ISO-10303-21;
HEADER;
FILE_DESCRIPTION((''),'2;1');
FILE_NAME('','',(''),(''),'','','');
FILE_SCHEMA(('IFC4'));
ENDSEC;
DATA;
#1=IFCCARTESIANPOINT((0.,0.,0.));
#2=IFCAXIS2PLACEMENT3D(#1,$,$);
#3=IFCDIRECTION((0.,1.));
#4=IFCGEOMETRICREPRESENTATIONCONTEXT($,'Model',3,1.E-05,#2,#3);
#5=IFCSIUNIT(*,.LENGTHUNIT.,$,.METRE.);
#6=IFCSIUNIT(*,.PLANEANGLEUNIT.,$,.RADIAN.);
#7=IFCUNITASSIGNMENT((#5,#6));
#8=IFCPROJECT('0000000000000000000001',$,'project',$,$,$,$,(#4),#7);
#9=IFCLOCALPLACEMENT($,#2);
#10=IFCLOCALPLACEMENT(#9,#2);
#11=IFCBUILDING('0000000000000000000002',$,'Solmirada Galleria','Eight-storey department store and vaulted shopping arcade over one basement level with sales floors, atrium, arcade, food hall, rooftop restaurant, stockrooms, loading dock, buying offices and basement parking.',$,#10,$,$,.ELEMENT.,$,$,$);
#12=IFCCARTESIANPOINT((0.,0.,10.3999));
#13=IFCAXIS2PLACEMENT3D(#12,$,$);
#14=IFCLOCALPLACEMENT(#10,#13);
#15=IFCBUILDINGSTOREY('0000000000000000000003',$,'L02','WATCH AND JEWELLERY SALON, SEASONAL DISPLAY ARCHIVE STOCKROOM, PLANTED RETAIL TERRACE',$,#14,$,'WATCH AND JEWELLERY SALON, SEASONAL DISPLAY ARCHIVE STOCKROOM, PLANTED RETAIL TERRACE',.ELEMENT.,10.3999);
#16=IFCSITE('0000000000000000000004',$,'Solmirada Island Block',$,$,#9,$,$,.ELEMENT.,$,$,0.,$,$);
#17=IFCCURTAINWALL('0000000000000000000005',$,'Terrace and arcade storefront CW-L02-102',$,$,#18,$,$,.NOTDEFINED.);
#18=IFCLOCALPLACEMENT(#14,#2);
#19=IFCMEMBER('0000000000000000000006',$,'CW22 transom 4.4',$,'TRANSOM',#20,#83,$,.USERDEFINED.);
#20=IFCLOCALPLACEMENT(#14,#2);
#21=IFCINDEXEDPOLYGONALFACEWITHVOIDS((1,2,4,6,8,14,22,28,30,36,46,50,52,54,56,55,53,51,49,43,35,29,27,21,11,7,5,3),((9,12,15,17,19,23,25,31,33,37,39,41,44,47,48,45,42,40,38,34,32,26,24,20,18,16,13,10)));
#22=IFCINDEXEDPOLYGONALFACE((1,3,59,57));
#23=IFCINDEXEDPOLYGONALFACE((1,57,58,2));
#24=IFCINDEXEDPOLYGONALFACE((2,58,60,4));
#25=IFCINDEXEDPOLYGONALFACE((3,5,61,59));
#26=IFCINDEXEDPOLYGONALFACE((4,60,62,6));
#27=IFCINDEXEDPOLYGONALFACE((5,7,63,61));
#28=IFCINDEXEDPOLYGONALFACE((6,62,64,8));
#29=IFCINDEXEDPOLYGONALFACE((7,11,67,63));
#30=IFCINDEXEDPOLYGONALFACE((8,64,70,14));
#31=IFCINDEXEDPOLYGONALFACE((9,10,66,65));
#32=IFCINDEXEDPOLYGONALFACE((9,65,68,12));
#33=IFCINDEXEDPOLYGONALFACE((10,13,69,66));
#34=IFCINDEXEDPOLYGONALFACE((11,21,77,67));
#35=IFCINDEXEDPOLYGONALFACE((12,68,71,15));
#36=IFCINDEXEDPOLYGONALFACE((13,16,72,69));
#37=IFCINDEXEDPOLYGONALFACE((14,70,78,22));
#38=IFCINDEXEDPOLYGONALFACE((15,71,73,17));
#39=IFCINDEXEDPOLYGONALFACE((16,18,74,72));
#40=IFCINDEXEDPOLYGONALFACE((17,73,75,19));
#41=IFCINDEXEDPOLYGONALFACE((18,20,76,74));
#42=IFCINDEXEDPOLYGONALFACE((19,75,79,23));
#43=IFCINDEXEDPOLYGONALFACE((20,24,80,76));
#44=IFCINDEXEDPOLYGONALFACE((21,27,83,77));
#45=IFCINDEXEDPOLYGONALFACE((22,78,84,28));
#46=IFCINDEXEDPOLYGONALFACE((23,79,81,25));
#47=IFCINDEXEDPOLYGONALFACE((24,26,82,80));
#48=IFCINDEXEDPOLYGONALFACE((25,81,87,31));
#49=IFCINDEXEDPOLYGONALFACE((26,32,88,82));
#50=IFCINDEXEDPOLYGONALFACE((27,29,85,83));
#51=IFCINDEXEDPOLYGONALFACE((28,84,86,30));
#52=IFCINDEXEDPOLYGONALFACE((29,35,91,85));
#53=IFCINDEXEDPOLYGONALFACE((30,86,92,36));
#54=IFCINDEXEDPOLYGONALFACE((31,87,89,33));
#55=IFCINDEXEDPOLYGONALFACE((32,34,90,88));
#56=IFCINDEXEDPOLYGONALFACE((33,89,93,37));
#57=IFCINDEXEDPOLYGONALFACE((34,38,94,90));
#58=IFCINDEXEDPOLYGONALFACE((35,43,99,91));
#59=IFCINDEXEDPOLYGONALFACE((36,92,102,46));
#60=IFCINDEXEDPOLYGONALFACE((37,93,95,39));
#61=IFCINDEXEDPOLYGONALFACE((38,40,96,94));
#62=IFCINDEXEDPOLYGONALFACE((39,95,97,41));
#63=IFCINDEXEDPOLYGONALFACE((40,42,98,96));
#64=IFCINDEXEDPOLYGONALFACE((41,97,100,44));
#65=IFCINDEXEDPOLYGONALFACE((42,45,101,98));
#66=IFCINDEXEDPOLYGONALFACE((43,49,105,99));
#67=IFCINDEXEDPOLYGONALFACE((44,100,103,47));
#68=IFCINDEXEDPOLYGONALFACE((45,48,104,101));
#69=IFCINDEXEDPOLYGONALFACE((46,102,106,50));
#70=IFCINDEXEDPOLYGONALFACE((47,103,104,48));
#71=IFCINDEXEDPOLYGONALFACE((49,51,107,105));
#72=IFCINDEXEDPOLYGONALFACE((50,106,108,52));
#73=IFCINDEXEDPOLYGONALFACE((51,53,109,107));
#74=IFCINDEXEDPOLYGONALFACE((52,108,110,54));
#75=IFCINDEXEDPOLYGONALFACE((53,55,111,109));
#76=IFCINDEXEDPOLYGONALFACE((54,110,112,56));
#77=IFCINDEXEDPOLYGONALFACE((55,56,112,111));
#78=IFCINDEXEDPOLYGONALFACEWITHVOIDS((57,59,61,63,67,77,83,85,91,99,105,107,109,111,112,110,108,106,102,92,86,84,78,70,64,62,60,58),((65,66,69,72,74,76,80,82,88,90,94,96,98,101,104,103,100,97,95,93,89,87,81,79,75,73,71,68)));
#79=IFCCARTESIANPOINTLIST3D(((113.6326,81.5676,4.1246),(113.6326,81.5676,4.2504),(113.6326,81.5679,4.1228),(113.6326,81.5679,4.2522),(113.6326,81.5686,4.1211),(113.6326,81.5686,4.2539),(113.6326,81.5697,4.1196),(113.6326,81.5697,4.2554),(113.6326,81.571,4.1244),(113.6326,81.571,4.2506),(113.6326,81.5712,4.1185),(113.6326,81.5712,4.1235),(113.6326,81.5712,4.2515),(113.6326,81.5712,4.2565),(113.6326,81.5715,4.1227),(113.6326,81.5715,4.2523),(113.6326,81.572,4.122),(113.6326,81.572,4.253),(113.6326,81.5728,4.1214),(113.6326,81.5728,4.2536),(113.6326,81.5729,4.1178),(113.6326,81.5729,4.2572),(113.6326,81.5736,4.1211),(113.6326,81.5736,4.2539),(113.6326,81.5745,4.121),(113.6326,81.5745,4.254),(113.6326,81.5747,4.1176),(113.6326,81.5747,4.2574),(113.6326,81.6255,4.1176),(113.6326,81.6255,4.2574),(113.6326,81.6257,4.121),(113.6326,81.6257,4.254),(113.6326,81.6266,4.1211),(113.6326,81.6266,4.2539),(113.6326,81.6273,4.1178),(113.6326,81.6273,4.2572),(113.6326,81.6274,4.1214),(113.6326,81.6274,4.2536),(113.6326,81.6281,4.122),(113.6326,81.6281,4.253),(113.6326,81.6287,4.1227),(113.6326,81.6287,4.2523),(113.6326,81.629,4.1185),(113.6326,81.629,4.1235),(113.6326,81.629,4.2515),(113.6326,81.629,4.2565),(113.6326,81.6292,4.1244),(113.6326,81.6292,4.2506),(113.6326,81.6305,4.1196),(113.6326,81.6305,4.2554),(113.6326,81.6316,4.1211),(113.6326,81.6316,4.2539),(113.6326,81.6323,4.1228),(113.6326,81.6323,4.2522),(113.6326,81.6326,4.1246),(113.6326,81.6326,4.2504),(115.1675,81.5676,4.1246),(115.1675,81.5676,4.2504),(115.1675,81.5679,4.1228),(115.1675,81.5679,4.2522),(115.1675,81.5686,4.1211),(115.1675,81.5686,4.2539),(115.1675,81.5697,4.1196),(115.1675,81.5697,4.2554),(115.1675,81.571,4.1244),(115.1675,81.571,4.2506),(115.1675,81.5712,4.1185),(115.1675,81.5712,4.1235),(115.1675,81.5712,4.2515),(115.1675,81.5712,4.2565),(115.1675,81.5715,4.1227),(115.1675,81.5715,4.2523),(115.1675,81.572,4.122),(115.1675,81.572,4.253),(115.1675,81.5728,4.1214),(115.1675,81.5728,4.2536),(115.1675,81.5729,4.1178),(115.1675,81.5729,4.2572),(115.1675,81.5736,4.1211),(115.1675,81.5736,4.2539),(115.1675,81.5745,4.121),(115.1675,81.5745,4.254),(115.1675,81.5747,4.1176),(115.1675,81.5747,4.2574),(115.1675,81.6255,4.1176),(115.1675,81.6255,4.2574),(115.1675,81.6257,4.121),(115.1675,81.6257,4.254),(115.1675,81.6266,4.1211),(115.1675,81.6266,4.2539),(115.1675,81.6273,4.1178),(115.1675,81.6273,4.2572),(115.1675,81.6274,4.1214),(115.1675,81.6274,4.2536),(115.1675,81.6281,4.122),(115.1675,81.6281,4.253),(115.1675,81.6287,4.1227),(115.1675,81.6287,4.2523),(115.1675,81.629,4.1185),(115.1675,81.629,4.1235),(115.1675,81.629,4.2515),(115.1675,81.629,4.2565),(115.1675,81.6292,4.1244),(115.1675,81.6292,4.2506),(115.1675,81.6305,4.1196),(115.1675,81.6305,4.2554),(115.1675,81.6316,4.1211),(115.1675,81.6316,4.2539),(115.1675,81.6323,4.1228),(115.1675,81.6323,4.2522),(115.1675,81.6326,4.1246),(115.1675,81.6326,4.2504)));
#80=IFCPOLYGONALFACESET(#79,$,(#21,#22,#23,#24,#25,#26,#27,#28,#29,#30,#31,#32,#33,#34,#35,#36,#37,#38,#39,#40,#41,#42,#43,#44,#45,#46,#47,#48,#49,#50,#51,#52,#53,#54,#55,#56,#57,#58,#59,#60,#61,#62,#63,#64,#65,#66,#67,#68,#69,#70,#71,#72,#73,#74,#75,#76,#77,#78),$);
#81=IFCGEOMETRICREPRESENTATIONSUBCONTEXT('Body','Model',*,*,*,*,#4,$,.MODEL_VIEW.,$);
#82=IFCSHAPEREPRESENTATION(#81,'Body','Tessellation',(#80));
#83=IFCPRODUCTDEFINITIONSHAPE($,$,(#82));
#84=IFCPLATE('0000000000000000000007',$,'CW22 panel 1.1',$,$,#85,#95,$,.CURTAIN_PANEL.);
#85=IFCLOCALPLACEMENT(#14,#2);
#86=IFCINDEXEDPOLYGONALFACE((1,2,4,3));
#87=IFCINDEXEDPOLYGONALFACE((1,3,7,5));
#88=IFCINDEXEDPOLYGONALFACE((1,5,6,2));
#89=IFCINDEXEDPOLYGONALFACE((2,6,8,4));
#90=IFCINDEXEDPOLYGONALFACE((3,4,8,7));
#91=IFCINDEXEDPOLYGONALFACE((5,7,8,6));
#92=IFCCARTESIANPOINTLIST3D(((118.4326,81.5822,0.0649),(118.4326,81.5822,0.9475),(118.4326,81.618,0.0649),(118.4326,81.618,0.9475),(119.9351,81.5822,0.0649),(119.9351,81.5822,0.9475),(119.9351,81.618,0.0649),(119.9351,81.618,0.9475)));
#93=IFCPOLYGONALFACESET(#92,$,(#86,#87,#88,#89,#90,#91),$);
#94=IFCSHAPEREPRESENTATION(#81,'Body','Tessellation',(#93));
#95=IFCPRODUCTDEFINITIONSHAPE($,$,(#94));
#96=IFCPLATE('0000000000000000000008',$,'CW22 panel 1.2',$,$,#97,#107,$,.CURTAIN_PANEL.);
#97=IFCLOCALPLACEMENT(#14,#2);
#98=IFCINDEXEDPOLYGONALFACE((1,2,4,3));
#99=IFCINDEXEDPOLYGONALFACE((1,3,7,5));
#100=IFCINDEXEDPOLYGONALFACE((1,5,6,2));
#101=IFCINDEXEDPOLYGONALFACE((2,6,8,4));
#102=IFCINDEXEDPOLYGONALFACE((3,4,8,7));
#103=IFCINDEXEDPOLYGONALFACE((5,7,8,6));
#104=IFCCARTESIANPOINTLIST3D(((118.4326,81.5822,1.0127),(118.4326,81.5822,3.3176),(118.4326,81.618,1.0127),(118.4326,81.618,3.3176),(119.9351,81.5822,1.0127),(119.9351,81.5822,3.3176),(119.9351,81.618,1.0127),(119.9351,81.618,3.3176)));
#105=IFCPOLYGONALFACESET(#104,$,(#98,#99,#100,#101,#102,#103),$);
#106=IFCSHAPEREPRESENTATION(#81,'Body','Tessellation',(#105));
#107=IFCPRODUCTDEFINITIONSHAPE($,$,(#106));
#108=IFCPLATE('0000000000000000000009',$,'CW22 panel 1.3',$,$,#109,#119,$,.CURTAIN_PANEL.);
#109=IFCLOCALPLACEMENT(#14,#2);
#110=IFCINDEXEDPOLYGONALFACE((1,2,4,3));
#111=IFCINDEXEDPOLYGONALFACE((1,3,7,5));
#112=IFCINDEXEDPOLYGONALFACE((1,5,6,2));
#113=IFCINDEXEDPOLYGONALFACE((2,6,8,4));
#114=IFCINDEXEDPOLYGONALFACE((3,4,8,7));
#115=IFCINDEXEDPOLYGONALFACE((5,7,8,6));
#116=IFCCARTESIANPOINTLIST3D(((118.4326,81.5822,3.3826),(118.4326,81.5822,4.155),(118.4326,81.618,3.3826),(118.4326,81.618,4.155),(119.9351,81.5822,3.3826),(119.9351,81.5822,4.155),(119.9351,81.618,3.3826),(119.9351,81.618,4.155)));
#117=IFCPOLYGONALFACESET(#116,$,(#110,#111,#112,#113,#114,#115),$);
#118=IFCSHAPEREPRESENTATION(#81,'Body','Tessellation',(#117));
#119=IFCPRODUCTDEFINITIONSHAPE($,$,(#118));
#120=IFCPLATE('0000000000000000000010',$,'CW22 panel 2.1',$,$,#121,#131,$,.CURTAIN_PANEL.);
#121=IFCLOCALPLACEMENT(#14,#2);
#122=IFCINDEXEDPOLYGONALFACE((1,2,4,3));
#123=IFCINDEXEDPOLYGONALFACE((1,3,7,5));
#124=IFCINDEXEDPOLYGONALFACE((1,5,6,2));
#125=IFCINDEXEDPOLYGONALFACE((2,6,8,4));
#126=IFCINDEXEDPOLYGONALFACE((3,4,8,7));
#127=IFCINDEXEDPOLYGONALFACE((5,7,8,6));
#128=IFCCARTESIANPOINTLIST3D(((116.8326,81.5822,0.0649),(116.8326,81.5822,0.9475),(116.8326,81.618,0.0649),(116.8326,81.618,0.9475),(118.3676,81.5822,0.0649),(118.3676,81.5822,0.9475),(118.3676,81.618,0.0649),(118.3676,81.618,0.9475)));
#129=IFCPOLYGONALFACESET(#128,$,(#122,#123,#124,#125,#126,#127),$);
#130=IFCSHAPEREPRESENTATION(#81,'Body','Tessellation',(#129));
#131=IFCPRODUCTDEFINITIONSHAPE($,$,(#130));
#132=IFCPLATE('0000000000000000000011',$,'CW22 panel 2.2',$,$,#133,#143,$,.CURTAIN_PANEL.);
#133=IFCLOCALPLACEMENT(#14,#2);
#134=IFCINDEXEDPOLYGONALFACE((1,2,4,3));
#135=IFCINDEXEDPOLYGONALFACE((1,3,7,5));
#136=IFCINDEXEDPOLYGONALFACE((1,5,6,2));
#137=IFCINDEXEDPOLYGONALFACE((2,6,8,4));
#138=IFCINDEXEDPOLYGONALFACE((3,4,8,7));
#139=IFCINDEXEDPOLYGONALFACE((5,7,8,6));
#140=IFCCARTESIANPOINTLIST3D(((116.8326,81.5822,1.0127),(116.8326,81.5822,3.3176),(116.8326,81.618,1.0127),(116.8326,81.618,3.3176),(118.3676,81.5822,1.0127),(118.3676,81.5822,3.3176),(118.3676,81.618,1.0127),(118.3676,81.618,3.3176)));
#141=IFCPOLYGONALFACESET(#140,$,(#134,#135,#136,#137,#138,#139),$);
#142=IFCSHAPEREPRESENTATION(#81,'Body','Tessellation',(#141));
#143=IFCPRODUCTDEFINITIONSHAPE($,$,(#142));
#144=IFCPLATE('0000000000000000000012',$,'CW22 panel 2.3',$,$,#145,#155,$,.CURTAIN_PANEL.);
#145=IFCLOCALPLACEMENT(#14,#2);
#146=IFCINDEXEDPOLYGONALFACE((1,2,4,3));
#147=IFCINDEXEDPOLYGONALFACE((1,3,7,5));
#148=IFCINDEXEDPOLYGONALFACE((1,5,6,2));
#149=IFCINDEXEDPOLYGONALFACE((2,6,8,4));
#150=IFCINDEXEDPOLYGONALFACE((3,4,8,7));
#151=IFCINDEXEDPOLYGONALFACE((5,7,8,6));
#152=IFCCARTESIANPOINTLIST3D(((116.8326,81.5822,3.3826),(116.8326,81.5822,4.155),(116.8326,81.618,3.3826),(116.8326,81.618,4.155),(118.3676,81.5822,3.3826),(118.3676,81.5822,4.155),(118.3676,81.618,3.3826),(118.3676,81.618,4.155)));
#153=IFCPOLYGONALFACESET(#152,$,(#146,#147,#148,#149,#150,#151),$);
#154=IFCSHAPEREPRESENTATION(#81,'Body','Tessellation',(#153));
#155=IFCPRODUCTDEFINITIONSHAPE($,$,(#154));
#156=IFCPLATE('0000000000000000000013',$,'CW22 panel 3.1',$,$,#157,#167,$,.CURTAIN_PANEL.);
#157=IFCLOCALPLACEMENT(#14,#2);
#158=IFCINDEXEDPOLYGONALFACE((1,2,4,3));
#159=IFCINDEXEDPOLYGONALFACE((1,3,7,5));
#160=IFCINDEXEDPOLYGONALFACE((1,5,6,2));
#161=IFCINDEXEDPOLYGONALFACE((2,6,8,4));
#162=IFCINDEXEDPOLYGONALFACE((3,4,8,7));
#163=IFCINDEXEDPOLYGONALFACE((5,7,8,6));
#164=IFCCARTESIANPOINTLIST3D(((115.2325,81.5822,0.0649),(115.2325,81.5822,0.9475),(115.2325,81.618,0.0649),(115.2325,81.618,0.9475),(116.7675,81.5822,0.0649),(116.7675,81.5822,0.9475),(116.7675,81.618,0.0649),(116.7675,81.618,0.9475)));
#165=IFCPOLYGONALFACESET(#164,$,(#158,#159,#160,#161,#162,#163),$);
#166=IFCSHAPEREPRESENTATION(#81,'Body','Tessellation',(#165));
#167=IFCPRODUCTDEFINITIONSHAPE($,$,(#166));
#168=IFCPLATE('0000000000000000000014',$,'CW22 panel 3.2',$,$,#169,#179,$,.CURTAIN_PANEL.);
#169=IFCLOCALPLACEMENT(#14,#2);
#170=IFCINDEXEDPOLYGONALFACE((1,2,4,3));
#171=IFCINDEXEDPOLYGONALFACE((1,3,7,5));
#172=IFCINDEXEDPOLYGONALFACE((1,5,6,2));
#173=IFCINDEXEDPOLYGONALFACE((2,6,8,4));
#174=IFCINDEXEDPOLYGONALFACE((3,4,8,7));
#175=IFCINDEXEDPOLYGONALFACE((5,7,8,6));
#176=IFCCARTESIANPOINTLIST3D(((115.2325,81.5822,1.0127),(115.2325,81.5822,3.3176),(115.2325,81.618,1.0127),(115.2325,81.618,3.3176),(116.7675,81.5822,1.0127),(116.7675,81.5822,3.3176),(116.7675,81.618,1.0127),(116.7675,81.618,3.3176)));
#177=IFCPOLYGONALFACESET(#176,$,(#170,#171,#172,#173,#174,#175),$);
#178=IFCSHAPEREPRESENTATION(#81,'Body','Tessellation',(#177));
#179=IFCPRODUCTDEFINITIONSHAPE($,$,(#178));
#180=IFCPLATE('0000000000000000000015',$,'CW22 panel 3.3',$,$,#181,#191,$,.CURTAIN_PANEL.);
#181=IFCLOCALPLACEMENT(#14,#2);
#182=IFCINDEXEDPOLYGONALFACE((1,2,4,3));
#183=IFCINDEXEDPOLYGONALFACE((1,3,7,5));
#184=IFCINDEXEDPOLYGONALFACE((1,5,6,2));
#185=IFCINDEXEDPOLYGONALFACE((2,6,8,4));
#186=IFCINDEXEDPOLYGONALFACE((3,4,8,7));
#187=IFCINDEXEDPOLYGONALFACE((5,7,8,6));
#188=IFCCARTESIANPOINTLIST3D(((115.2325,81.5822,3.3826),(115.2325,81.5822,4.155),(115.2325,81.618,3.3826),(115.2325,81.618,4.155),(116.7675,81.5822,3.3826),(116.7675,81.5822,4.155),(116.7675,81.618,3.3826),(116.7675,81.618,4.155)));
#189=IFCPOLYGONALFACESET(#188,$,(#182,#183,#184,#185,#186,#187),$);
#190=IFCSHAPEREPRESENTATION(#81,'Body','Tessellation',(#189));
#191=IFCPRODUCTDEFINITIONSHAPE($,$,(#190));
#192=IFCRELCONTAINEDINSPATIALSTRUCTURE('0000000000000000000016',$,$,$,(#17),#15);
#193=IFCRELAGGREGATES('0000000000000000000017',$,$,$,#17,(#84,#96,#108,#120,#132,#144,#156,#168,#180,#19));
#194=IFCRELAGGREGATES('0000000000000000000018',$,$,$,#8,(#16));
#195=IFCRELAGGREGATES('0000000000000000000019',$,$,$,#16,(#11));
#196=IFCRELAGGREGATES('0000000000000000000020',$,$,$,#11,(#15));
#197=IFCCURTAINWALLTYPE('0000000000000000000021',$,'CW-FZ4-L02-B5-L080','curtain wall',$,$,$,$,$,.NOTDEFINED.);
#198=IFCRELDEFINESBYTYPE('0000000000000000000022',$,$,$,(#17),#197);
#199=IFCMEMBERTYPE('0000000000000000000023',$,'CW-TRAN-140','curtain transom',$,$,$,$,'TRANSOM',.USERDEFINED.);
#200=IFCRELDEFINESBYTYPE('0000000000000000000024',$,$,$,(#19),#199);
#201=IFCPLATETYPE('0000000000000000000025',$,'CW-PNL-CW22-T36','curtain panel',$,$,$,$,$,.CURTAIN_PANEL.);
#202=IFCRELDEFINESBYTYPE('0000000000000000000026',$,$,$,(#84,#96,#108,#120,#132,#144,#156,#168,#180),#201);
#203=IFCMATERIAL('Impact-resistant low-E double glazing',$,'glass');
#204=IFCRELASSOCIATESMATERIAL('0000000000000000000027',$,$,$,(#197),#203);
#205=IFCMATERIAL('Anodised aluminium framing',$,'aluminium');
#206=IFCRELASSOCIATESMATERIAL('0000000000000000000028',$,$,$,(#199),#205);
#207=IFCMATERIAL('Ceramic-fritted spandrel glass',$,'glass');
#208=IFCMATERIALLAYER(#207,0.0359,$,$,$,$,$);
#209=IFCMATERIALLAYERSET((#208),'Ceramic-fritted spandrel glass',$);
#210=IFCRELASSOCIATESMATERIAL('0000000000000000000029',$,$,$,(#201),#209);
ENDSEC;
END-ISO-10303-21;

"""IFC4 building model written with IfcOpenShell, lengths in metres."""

from ifc_helpers import new_model, si_unit, direction, frame, origin, origin_2d, place, context, subcontext, project, spatial, rectangle, hollow_rectangle, extrude, material, layer, layer_set, material_profile, profile_set, type_object, element, aggregate, save


model = new_model("IFC4")

# Units and contexts
model_context = context("Model", 3, precision=1e-05, world=origin(), true_north=direction((0.0, 1.0)))
body_context = subcontext(model_context, "Body", "Model", "MODEL_VIEW")
ifc_project = project(units=[si_unit("LENGTHUNIT", "METRE"), si_unit("PLANEANGLEUNIT", "RADIAN")], contexts=[model_context])

# Site, building, storey
site_placement = place(None, origin())
site = spatial("IfcSite", under=ifc_project, at=site_placement, Name="Solmirada Island Block", CompositionType="ELEMENT", RefElevation=0.0)
building_placement = place(site_placement, origin())
building = spatial("IfcBuilding", under=site, at=building_placement, Name="Solmirada Galleria", Description="Eight-storey department store and vaulted shopping arcade over one basement level with sales floors, atrium, arcade, food hall, rooftop restaurant, stockrooms, loading dock, buying offices and basement parking.", CompositionType="ELEMENT")
storey_placement = place(building_placement, frame((0.0, 0.0, 10.3999)))
storey = spatial("IfcBuildingStorey", under=building, at=storey_placement, Name="L02", Description="WATCH AND JEWELLERY SALON, SEASONAL DISPLAY ARCHIVE STOCKROOM, PLANTED RETAIL TERRACE", LongName="WATCH AND JEWELLERY SALON, SEASONAL DISPLAY ARCHIVE STOCKROOM, PLANTED RETAIL TERRACE", CompositionType="ELEMENT", Elevation=10.3999)

# Curtain wall, member, plates
ifc_material_1 = material(Name="Impact-resistant low-E double glazing", Category="glass")
curtain_wall_type = type_object("IfcCurtainWallType", Name="CW-FZ4-L02-B5-L080", Description="curtain wall", PredefinedType="NOTDEFINED", material=ifc_material_1)
curtain_wall_placement = place(storey_placement, origin())
curtain_wall = element("IfcCurtainWall", 1, at=curtain_wall_placement, inside=storey, type_object=curtain_wall_type, Name="Terrace and arcade storefront CW-L02-102", PredefinedType="NOTDEFINED")
ifc_material_2 = material(Name="Anodised aluminium framing", Category="aluminium")
ifc_material_profile_1 = material_profile(ifc_material_2, hollow_rectangle(XDim=0.0649, YDim=0.1399, WallThickness=0.0034, InnerFilletRadius=0.0034, OuterFilletRadius=0.0071, at=origin_2d()), Name="ALU-TRAN-140X65")
ifc_profile_set_1 = profile_set([ifc_material_profile_1], Name="Anodised aluminium framing")
member_type_1 = type_object("IfcMemberType", Name="CW-TRAN-140", Description="curtain transom", ElementType="TRANSOM", PredefinedType="USERDEFINED", material=ifc_profile_set_1)
member_1_placement = place(storey_placement, frame((115.1675, 81.6001, 4.1875), z_axis=(-1.0, 0.0, 0.0), x_axis=(0.0, -1.0, 0.0)))
member_1 = element("IfcMember", 2, at=member_1_placement, type_object=member_type_1, Name="CW22 transom 4.4", ObjectType="TRANSOM", PredefinedType="USERDEFINED", context=body_context, shape_type="SweptSolid", body=[
    extrude(hollow_rectangle(XDim=0.0649, YDim=0.1399, WallThickness=0.0034, InnerFilletRadius=0.0034, OuterFilletRadius=0.0071, at=origin_2d()), origin(), (0.0, 0.0, 1.0), 1.5349),
])
ifc_material_3 = material(Name="Ceramic-fritted spandrel glass", Category="glass")
ifc_layer = layer(ifc_material_3, 0.0359)
ifc_layer_set = layer_set([ifc_layer], Name="Ceramic-fritted spandrel glass")
plate_type = type_object("IfcPlateType", Name="CW-PNL-CW22-T36", Description="curtain panel", PredefinedType="CURTAIN_PANEL", material=ifc_layer_set)
plate_1_placement = place(storey_placement, frame((119.1838, 81.6001, 0.0649), z_axis=(0.0, 0.0, 1.0), x_axis=(-1.0, 0.0, 0.0)))
plate_1 = element("IfcPlate", 3, at=plate_1_placement, type_object=plate_type, Name="CW22 panel 1.1", PredefinedType="CURTAIN_PANEL", context=body_context, shape_type="SweptSolid", body=[
    extrude(rectangle(XDim=1.5024, YDim=0.0359, at=origin_2d()), origin(), (0.0, 0.0, 1.0), 0.8826),
])
plate_2_placement = place(storey_placement, frame((119.1838, 81.6001, 1.0127), z_axis=(0.0, 0.0, 1.0), x_axis=(-1.0, 0.0, 0.0)))
plate_2 = element("IfcPlate", 4, at=plate_2_placement, type_object=plate_type, Name="CW22 panel 1.2", PredefinedType="CURTAIN_PANEL", context=body_context, shape_type="SweptSolid", body=[
    extrude(rectangle(XDim=1.5024, YDim=0.0359, at=origin_2d()), origin(), (0.0, 0.0, 1.0), 2.3049),
])
plate_3_placement = place(storey_placement, frame((119.1838, 81.6001, 3.3826), z_axis=(0.0, 0.0, 1.0), x_axis=(-1.0, 0.0, 0.0)))
plate_3 = element("IfcPlate", 5, at=plate_3_placement, type_object=plate_type, Name="CW22 panel 1.3", PredefinedType="CURTAIN_PANEL", context=body_context, shape_type="SweptSolid", body=[
    extrude(rectangle(XDim=1.5024, YDim=0.0359, at=origin_2d()), origin(), (0.0, 0.0, 1.0), 0.7725),
])
plate_4_placement = place(storey_placement, frame((117.6001, 81.6001, 0.0649), z_axis=(0.0, 0.0, 1.0), x_axis=(-1.0, 0.0, 0.0)))
plate_4 = element("IfcPlate", 6, at=plate_4_placement, type_object=plate_type, Name="CW22 panel 2.1", PredefinedType="CURTAIN_PANEL", context=body_context, shape_type="SweptSolid", body=[
    extrude(rectangle(XDim=1.5349, YDim=0.0359, at=origin_2d()), origin(), (0.0, 0.0, 1.0), 0.8826),
])
plate_5_placement = place(storey_placement, frame((117.6001, 81.6001, 1.0127), z_axis=(0.0, 0.0, 1.0), x_axis=(-1.0, 0.0, 0.0)))
plate_5 = element("IfcPlate", 7, at=plate_5_placement, type_object=plate_type, Name="CW22 panel 2.2", PredefinedType="CURTAIN_PANEL", context=body_context, shape_type="SweptSolid", body=[
    extrude(rectangle(XDim=1.5349, YDim=0.0359, at=origin_2d()), origin(), (0.0, 0.0, 1.0), 2.3049),
])
plate_6_placement = place(storey_placement, frame((117.6001, 81.6001, 3.3826), z_axis=(0.0, 0.0, 1.0), x_axis=(-1.0, 0.0, 0.0)))
plate_6 = element("IfcPlate", 8, at=plate_6_placement, type_object=plate_type, Name="CW22 panel 2.3", PredefinedType="CURTAIN_PANEL", context=body_context, shape_type="SweptSolid", body=[
    extrude(rectangle(XDim=1.5349, YDim=0.0359, at=origin_2d()), origin(), (0.0, 0.0, 1.0), 0.7725),
])
plate_7_placement = place(storey_placement, frame((116.0, 81.6001, 0.0649), z_axis=(0.0, 0.0, 1.0), x_axis=(-1.0, 0.0, 0.0)))
plate_7 = element("IfcPlate", 9, at=plate_7_placement, type_object=plate_type, Name="CW22 panel 3.1", PredefinedType="CURTAIN_PANEL", context=body_context, shape_type="SweptSolid", body=[
    extrude(rectangle(XDim=1.5349, YDim=0.0359, at=origin_2d()), origin(), (0.0, 0.0, 1.0), 0.8826),
])
plate_8_placement = place(storey_placement, frame((116.0, 81.6001, 1.0127), z_axis=(0.0, 0.0, 1.0), x_axis=(-1.0, 0.0, 0.0)))
plate_8 = element("IfcPlate", 10, at=plate_8_placement, type_object=plate_type, Name="CW22 panel 3.2", PredefinedType="CURTAIN_PANEL", context=body_context, shape_type="SweptSolid", body=[
    extrude(rectangle(XDim=1.5349, YDim=0.0359, at=origin_2d()), origin(), (0.0, 0.0, 1.0), 2.3049),
])
plate_9_placement = place(storey_placement, frame((116.0, 81.6001, 3.3826), z_axis=(0.0, 0.0, 1.0), x_axis=(-1.0, 0.0, 0.0)))
plate_9 = element("IfcPlate", 11, at=plate_9_placement, type_object=plate_type, Name="CW22 panel 3.3", PredefinedType="CURTAIN_PANEL", context=body_context, shape_type="SweptSolid", body=[
    extrude(rectangle(XDim=1.5349, YDim=0.0359, at=origin_2d()), origin(), (0.0, 0.0, 1.0), 0.7725),
])
aggregate(curtain_wall, [plate_1, plate_2, plate_3, plate_4, plate_5, plate_6, plate_7, plate_8, plate_9, member_1])

save(model, "model.ifc")
